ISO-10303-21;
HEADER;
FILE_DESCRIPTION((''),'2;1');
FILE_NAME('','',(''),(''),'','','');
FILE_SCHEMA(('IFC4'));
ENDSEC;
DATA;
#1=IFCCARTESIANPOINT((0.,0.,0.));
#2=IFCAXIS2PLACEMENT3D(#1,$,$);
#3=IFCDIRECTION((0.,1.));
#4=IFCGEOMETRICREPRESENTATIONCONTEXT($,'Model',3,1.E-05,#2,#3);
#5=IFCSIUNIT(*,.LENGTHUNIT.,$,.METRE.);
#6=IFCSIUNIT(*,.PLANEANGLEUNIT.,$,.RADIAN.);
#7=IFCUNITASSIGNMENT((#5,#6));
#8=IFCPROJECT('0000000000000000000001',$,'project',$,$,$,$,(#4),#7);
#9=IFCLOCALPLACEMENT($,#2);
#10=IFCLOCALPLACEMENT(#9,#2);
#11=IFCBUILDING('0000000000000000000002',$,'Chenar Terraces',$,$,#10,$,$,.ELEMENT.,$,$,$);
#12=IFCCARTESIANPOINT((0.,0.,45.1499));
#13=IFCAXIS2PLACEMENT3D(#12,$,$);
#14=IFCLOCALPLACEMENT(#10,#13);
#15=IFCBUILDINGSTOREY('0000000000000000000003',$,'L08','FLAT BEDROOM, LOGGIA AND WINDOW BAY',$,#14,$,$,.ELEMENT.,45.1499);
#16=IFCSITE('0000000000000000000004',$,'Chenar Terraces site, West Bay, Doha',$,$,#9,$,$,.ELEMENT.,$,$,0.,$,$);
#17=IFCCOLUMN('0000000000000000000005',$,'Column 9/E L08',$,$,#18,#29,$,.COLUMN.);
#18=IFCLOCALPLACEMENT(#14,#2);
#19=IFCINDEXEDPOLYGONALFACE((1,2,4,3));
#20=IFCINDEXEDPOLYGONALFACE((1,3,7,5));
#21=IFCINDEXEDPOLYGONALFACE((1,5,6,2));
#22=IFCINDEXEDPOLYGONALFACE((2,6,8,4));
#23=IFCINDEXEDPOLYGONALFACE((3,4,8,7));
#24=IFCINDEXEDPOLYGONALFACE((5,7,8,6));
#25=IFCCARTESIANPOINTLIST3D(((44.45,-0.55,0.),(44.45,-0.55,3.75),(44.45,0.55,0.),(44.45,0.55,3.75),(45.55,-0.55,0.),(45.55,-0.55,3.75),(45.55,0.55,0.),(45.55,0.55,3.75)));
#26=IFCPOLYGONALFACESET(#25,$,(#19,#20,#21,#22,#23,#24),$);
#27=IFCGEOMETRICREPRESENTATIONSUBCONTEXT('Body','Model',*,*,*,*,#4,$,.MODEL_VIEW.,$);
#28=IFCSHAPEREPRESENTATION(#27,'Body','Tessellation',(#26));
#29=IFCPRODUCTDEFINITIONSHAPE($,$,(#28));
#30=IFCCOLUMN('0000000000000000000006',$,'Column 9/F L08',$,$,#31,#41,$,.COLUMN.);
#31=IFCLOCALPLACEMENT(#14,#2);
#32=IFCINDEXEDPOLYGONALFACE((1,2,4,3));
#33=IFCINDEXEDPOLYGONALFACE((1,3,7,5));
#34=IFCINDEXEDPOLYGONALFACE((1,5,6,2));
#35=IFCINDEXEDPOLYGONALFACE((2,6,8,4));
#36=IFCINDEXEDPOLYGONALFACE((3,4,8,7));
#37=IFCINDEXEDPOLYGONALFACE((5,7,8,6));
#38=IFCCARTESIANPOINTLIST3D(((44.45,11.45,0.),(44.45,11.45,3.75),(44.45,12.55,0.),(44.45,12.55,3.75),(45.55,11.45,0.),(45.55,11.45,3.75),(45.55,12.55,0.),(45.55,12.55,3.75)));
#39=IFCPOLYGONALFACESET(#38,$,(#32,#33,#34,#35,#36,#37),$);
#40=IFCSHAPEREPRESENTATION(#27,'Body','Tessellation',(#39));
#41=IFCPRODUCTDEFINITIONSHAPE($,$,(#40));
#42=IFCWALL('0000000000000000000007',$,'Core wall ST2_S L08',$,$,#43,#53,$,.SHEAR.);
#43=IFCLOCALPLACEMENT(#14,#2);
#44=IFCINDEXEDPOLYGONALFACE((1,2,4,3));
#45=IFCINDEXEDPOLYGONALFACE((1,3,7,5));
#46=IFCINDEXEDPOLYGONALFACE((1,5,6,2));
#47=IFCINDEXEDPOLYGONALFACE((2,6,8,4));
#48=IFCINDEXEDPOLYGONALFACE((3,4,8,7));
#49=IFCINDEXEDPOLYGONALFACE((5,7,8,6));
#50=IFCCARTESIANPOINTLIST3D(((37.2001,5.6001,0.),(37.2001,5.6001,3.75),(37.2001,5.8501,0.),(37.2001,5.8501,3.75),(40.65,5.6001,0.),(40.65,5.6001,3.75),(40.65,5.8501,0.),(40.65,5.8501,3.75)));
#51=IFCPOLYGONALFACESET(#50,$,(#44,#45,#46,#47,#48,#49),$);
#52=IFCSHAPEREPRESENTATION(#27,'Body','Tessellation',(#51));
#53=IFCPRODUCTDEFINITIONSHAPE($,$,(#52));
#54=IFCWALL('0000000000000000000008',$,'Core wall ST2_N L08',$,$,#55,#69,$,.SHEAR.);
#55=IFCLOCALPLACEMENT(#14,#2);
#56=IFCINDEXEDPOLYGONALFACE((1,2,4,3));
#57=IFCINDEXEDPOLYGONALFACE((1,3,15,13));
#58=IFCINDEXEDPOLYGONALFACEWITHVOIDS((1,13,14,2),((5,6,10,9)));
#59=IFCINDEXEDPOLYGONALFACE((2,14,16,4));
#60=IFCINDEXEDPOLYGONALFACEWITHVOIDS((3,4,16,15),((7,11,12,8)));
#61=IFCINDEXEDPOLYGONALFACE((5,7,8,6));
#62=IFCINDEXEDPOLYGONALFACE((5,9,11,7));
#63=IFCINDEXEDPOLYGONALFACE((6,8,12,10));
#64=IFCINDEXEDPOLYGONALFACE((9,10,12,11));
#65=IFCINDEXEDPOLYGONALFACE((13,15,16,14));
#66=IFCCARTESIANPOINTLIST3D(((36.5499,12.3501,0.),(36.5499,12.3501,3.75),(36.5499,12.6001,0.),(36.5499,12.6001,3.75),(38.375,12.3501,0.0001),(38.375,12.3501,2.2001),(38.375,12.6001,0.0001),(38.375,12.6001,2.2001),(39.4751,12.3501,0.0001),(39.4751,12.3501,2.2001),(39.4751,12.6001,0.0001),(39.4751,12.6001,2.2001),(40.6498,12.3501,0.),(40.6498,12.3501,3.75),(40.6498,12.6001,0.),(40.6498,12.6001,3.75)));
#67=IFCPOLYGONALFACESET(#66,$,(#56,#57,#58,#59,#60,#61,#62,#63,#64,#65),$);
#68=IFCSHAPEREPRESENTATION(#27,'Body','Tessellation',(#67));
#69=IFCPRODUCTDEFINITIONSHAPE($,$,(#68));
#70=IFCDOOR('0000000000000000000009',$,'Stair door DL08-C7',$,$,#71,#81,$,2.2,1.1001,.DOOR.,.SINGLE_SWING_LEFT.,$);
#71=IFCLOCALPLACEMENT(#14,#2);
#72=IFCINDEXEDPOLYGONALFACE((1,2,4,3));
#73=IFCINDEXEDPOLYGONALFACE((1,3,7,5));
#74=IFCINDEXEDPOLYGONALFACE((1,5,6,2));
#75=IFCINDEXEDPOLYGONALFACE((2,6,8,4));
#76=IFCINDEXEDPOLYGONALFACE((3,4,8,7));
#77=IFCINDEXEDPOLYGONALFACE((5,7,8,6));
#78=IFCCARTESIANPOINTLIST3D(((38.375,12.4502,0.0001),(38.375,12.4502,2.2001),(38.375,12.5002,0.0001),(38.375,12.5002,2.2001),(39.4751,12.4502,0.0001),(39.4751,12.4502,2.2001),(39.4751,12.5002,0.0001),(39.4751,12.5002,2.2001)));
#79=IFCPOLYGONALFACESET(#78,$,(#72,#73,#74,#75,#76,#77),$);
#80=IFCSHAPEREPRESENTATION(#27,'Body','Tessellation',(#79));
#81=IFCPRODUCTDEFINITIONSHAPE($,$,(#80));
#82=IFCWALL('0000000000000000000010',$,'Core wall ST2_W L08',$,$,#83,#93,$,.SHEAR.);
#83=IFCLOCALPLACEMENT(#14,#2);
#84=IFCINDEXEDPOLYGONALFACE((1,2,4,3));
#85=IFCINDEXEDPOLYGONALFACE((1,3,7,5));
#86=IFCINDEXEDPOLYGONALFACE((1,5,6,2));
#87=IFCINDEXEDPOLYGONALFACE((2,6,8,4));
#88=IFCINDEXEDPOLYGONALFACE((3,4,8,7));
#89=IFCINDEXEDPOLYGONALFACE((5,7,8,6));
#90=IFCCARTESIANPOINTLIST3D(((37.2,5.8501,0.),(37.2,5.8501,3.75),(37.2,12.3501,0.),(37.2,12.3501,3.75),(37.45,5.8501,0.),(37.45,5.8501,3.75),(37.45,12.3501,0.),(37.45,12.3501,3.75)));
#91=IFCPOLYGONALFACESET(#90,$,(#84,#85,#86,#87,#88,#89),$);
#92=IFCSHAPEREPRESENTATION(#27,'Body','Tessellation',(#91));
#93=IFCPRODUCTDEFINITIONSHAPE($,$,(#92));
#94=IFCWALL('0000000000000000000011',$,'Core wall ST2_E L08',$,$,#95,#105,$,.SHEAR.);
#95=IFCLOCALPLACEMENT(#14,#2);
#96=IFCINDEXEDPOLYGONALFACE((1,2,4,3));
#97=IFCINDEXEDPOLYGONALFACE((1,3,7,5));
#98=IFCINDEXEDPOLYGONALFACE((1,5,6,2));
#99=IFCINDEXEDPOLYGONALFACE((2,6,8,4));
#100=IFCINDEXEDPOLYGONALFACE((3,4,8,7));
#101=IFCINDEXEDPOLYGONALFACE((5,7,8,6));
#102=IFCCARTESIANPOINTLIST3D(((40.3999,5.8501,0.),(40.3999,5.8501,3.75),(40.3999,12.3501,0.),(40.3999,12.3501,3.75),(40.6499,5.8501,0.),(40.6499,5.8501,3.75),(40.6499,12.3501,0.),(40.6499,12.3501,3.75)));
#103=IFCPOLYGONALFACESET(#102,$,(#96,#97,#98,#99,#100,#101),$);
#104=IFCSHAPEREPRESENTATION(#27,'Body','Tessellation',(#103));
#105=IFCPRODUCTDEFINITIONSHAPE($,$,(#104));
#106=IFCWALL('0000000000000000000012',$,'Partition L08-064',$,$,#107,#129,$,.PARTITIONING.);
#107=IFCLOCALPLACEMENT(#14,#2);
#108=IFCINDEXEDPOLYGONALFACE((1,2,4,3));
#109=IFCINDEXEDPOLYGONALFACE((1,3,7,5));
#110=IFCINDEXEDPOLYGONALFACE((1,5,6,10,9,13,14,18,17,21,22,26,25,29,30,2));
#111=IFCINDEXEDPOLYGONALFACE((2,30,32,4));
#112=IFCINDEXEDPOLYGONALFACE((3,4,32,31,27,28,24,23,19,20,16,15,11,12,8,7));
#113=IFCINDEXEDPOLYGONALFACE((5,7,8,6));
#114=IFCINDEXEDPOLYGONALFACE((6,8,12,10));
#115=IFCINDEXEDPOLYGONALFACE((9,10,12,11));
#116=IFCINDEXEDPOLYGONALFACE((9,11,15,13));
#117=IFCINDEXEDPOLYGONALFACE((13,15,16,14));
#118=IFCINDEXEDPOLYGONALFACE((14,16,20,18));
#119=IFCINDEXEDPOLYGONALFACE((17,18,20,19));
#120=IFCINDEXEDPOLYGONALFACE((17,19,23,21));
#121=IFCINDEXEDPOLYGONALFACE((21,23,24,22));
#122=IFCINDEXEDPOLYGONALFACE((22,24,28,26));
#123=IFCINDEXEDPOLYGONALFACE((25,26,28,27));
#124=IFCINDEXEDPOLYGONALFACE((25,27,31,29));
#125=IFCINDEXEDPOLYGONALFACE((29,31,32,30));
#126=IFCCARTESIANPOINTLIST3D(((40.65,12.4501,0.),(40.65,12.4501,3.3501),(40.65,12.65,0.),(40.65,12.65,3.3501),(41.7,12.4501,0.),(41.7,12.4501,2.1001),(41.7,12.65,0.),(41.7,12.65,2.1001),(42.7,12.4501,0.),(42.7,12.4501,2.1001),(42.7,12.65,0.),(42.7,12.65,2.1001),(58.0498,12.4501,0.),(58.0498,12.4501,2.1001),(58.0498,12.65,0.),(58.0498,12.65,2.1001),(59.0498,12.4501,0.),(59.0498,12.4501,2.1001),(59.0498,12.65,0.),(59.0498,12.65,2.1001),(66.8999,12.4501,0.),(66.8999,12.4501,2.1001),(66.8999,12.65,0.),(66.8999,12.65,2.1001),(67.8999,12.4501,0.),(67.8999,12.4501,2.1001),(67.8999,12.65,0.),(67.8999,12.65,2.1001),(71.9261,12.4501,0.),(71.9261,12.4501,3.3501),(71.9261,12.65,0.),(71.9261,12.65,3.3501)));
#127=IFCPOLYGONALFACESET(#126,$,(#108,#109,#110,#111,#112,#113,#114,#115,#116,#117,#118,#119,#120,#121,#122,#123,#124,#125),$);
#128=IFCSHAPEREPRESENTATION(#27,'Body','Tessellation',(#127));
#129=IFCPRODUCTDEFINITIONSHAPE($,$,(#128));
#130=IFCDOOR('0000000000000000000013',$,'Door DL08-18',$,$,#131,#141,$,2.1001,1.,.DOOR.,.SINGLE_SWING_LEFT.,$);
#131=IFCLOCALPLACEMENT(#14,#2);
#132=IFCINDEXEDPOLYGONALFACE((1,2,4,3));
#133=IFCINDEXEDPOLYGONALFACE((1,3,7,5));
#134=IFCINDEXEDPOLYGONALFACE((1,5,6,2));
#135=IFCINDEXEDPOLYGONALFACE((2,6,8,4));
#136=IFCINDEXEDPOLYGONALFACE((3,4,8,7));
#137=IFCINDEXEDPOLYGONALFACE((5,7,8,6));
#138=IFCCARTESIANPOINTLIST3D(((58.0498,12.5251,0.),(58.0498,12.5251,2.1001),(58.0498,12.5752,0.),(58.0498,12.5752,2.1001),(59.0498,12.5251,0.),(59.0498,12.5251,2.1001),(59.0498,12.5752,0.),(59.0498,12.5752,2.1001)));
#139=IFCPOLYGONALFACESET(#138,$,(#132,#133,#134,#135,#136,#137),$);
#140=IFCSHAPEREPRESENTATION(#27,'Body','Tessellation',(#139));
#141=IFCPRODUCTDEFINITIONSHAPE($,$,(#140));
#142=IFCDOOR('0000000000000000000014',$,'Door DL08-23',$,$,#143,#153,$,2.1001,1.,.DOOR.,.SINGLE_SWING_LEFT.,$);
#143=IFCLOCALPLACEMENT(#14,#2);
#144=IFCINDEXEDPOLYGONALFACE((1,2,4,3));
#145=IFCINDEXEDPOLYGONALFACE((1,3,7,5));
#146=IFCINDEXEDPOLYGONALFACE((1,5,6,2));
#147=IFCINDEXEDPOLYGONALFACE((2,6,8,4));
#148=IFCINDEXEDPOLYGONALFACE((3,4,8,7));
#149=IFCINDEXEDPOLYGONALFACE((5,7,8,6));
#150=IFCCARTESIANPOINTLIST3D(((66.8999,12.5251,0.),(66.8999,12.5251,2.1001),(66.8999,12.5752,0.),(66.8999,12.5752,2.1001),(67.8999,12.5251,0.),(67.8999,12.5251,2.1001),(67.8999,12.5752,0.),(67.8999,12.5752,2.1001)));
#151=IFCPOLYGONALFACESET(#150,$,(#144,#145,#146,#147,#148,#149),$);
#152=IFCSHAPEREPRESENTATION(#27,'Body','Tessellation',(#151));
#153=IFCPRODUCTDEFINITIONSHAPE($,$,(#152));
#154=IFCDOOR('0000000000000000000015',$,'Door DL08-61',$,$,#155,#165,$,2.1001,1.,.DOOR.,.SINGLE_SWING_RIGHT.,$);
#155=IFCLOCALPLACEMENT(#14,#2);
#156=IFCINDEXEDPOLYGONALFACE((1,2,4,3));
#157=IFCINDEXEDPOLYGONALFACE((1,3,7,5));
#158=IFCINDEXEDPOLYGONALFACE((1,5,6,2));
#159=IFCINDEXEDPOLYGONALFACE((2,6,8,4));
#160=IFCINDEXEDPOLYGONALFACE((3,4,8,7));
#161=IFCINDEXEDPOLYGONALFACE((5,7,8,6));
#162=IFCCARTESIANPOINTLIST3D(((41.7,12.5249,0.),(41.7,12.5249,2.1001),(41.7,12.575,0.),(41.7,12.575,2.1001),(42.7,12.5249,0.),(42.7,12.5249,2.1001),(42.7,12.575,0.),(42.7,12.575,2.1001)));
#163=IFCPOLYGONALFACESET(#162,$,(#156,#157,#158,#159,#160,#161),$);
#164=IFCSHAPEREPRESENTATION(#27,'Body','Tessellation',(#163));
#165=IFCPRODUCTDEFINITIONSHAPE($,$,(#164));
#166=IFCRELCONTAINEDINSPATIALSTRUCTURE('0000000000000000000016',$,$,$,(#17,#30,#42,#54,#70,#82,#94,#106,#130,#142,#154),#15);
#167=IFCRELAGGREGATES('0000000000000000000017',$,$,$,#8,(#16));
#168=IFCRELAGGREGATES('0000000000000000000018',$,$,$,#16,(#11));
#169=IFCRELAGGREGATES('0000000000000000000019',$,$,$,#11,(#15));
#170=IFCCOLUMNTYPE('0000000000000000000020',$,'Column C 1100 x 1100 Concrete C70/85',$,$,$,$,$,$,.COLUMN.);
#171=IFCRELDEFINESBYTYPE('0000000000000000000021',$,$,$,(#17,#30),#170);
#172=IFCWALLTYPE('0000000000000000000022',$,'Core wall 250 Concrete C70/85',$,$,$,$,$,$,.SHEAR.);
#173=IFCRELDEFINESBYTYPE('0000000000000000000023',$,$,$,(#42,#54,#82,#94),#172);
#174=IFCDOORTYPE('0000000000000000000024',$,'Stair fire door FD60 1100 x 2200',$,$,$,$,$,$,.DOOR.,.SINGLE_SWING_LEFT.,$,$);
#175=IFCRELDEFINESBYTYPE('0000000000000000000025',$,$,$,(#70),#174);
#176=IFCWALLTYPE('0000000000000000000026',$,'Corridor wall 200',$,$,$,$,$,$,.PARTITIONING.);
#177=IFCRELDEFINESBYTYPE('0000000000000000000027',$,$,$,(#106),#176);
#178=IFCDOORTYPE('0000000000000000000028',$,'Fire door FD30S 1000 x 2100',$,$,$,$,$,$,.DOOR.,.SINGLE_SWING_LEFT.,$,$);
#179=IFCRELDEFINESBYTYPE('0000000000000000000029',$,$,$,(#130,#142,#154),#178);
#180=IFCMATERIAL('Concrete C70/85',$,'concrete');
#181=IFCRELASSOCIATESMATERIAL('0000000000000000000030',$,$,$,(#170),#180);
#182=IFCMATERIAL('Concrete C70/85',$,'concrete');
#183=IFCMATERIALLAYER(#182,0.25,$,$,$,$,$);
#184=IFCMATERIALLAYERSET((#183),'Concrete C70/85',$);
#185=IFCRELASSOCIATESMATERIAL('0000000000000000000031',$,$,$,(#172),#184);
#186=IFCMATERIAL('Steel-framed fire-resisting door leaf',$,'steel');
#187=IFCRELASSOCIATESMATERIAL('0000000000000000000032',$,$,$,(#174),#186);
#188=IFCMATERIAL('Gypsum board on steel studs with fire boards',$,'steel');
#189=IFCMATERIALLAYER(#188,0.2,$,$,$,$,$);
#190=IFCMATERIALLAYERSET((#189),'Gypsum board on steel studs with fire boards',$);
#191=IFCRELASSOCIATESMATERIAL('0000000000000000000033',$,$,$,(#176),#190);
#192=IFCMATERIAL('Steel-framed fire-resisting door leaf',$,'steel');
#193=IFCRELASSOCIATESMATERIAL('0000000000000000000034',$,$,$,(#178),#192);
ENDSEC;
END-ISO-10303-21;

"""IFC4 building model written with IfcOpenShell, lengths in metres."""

from ifc_helpers import new_model, si_unit, direction, frame, frame_2d, origin, origin_2d, place, context, subcontext, project, spatial, rectangle, extrude, material, layer, layer_set, material_profile, profile_set, type_object, element, fill, save


model = new_model("IFC4")

# Units and contexts
model_context = context("Model", 3, precision=1e-05, world=origin(), true_north=direction((0.0, 1.0)))
body_context = subcontext(model_context, "Body", "Model", "MODEL_VIEW")
ifc_project = project(units=[si_unit("LENGTHUNIT", "METRE"), si_unit("PLANEANGLEUNIT", "RADIAN")], contexts=[model_context])

# Site, building, storey
site_placement = place(None, origin())
site = spatial("IfcSite", under=ifc_project, at=site_placement, Name="Chenar Terraces site, West Bay, Doha", CompositionType="ELEMENT", RefElevation=0.0)
building_placement = place(site_placement, origin())
building = spatial("IfcBuilding", under=site, at=building_placement, Name="Chenar Terraces", CompositionType="ELEMENT")
storey_placement = place(building_placement, frame((0.0, 0.0, 45.1499)))
storey = spatial("IfcBuildingStorey", under=building, at=storey_placement, Name="L08", Description="FLAT BEDROOM, LOGGIA AND WINDOW BAY", CompositionType="ELEMENT", Elevation=45.1499)

# Columns
ifc_material_1 = material(Name="Concrete C70/85", Category="concrete")
ifc_material_profile = material_profile(ifc_material_1, rectangle(XDim=1.1001, YDim=1.1001, at=origin_2d()), Name="C 1100 x 1100")
ifc_profile_set = profile_set([ifc_material_profile], Name="Concrete C70/85")
column_type = type_object("IfcColumnType", Name="Column C 1100 x 1100 Concrete C70/85", PredefinedType="COLUMN", material=ifc_profile_set)
for number, where, z_axis, x_axis, name in (
    (1, (45.0, 0.0, 0.0), (0.0, 0.0, 1.0), (1.0, 0.0, 0.0), "Column 9/E L08"),
    (2, (45.0, 12.0, 0.0), (0.0, 0.0, 1.0), (1.0, 0.0, 0.0), "Column 9/F L08"),
):
    element("IfcColumn", number, at=place(storey_placement, frame(where, z_axis=z_axis, x_axis=x_axis)), inside=storey, type_object=column_type, Name=name, PredefinedType="COLUMN", context=body_context, shape_type="SweptSolid", body=[
        extrude(rectangle(XDim=1.1001, YDim=1.1001, at=origin_2d()), origin(), (0.0, 0.0, 1.0), 3.75),
    ])

# Wall
ifc_material_2 = material(Name="Concrete C70/85", Category="concrete")
ifc_layer_1 = layer(ifc_material_2, 0.25)
ifc_layer_set_1 = layer_set([ifc_layer_1], Name="Concrete C70/85")
wall_type_1 = type_object("IfcWallType", Name="Core wall 250 Concrete C70/85", PredefinedType="SHEAR", material=ifc_layer_set_1)
wall_1_placement = place(storey_placement, frame((37.2, 5.7251, 0.0), z_axis=(0.0, 0.0, 1.0), x_axis=(1.0, 0.0, 0.0)))
element("IfcWall", 3, at=wall_1_placement, inside=storey, type_object=wall_type_1, Name="Core wall ST2_S L08", PredefinedType="SHEAR", context=body_context, shape_type="SweptSolid", body=[
    extrude(rectangle(XDim=3.45, YDim=0.25, at=frame_2d((1.7251, 0.0))), origin(), (0.0, 0.0, 1.0), 3.75),
])

# Wall, opening, door
wall_2_placement = place(storey_placement, frame((36.55, 12.4751, 0.0), z_axis=(0.0, 0.0, 1.0), x_axis=(1.0, 0.0, 0.0)))
wall_2 = element("IfcWall", 4, at=wall_2_placement, inside=storey, type_object=wall_type_1, Name="Core wall ST2_N L08", PredefinedType="SHEAR", context=body_context, shape_type="SweptSolid", body=[
    extrude(rectangle(XDim=4.0999, YDim=0.25, at=frame_2d((2.0498, 0.0))), origin(), (0.0, 0.0, 1.0), 3.75),
])
opening_1_placement = place(wall_2_placement, frame((1.825, 0.0, 0.0)))
opening_1 = element("IfcOpeningElement", 5, at=opening_1_placement, cuts=wall_2, PredefinedType="OPENING", context=body_context, shape_type="SweptSolid", body=[
    extrude(rectangle(XDim=1.1001, YDim=2.2, at=frame_2d((0.55, 1.1001))), frame((0.0, 0.135, 0.0), z_axis=(0.0, -1.0, 0.0), x_axis=(1.0, 0.0, 0.0)), (0.0, 0.0, 1.0), 0.27),
])
ifc_material_3 = material(Name="Steel-framed fire-resisting door leaf", Category="steel")
door_type_1 = type_object("IfcDoorType", Name="Stair fire door FD60 1100 x 2200", OperationType="SINGLE_SWING_LEFT", PredefinedType="DOOR", material=ifc_material_3)
door_1_placement = place(opening_1_placement, frame((1.1001, 0.0, 0.0), z_axis=(0.0, 0.0, 1.0), x_axis=(-1.0, 0.0, 0.0)))
door_1 = element("IfcDoor", 6, at=door_1_placement, inside=storey, type_object=door_type_1, Name="Stair door DL08-C7", OperationType="SINGLE_SWING_LEFT", OverallHeight=2.2, OverallWidth=1.1001, PredefinedType="DOOR", context=body_context, shape_type="SweptSolid", body=[
    extrude(rectangle(XDim=1.1001, YDim=2.2, at=frame_2d((0.55, 1.1001))), frame((0.0, 0.0249, 0.0), z_axis=(0.0, -1.0, 0.0), x_axis=(1.0, 0.0, 0.0)), (0.0, 0.0, 1.0), 0.05),
])
fill(opening_1, door_1)

# Walls
for number, where, z_axis, x_axis, name in (
    (7, (37.325, 5.8501, 0.0), (0.0, 0.0, 1.0), (0.0, 1.0, 0.0), "Core wall ST2_W L08"),
    (8, (40.5249, 5.8501, 0.0), (0.0, 0.0, 1.0), (0.0, 1.0, 0.0), "Core wall ST2_E L08"),
):
    element("IfcWall", number, at=place(storey_placement, frame(where, z_axis=z_axis, x_axis=x_axis)), inside=storey, type_object=wall_type_1, Name=name, PredefinedType="SHEAR", context=body_context, shape_type="SweptSolid", body=[
        extrude(rectangle(XDim=6.5, YDim=0.25, at=frame_2d((3.25, 0.0))), origin(), (0.0, 0.0, 1.0), 3.75),
    ])

# Wall, openings, doors
ifc_material_4 = material(Name="Gypsum board on steel studs with fire boards", Category="steel")
ifc_layer_2 = layer(ifc_material_4, 0.2)
ifc_layer_set_2 = layer_set([ifc_layer_2], Name="Gypsum board on steel studs with fire boards")
wall_type_2 = type_object("IfcWallType", Name="Corridor wall 200", PredefinedType="PARTITIONING", material=ifc_layer_set_2)
wall_3_placement = place(storey_placement, frame((40.6499, 12.55, 0.0), z_axis=(0.0, 0.0, 1.0), x_axis=(1.0, 0.0, 0.0)))
wall_3 = element("IfcWall", 9, at=wall_3_placement, inside=storey, type_object=wall_type_2, Name="Partition L08-064", PredefinedType="PARTITIONING", context=body_context, shape_type="SweptSolid", body=[
    extrude(rectangle(XDim=31.2761, YDim=0.2, at=frame_2d((15.6382, 0.0))), origin(), (0.0, 0.0, 1.0), 3.3501),
])
opening_2_placement = place(wall_3_placement, frame((17.3999, 0.0, 0.0)))
opening_2 = element("IfcOpeningElement", 10, at=opening_2_placement, cuts=wall_3, PredefinedType="OPENING", context=body_context, shape_type="SweptSolid", body=[
    extrude(rectangle(XDim=1.0, YDim=2.1001, at=frame_2d((0.5, 1.05))), frame((0.0, 0.1099, 0.0), z_axis=(0.0, -1.0, 0.0), x_axis=(1.0, 0.0, 0.0)), (0.0, 0.0, 1.0), 0.22),
])
opening_3_placement = place(wall_3_placement, frame((26.25, 0.0, 0.0)))
opening_3 = element("IfcOpeningElement", 11, at=opening_3_placement, cuts=wall_3, PredefinedType="OPENING", context=body_context, shape_type="SweptSolid", body=[
    extrude(rectangle(XDim=1.0, YDim=2.1001, at=frame_2d((0.5, 1.05))), frame((0.0, 0.1099, 0.0), z_axis=(0.0, -1.0, 0.0), x_axis=(1.0, 0.0, 0.0)), (0.0, 0.0, 1.0), 0.22),
])
opening_4_placement = place(wall_3_placement, frame((1.05, 0.0, 0.0)))
opening_4 = element("IfcOpeningElement", 12, at=opening_4_placement, cuts=wall_3, PredefinedType="OPENING", context=body_context, shape_type="SweptSolid", body=[
    extrude(rectangle(XDim=1.0, YDim=2.1001, at=frame_2d((0.5, 1.05))), frame((0.0, 0.1099, 0.0), z_axis=(0.0, -1.0, 0.0), x_axis=(1.0, 0.0, 0.0)), (0.0, 0.0, 1.0), 0.22),
])
ifc_material_5 = material(Name="Steel-framed fire-resisting door leaf", Category="steel")
door_type_2 = type_object("IfcDoorType", Name="Fire door FD30S 1000 x 2100", OperationType="SINGLE_SWING_LEFT", PredefinedType="DOOR", material=ifc_material_5)
door_2_placement = place(opening_2_placement, frame((1.0, 0.0, 0.0), z_axis=(0.0, 0.0, 1.0), x_axis=(-1.0, 0.0, 0.0)))
door_2 = element("IfcDoor", 13, at=door_2_placement, inside=storey, type_object=door_type_2, Name="Door DL08-18", OperationType="SINGLE_SWING_LEFT", OverallHeight=2.1001, OverallWidth=1.0, PredefinedType="DOOR", context=body_context, shape_type="SweptSolid", body=[
    extrude(rectangle(XDim=1.0, YDim=2.1001, at=frame_2d((0.5, 1.05))), frame((0.0, 0.0249, 0.0), z_axis=(0.0, -1.0, 0.0), x_axis=(1.0, 0.0, 0.0)), (0.0, 0.0, 1.0), 0.05),
])
fill(opening_2, door_2)
door_3_placement = place(opening_3_placement, frame((1.0, 0.0, 0.0), z_axis=(0.0, 0.0, 1.0), x_axis=(-1.0, 0.0, 0.0)))
door_3 = element("IfcDoor", 14, at=door_3_placement, inside=storey, type_object=door_type_2, Name="Door DL08-23", OperationType="SINGLE_SWING_LEFT", OverallHeight=2.1001, OverallWidth=1.0, PredefinedType="DOOR", context=body_context, shape_type="SweptSolid", body=[
    extrude(rectangle(XDim=1.0, YDim=2.1001, at=frame_2d((0.5, 1.05))), frame((0.0, 0.0249, 0.0), z_axis=(0.0, -1.0, 0.0), x_axis=(1.0, 0.0, 0.0)), (0.0, 0.0, 1.0), 0.05),
])
fill(opening_3, door_3)
door_4_placement = place(opening_4_placement, origin())
door_4 = element("IfcDoor", 15, at=door_4_placement, inside=storey, type_object=door_type_2, Name="Door DL08-61", OperationType="SINGLE_SWING_RIGHT", OverallHeight=2.1001, OverallWidth=1.0, PredefinedType="DOOR", context=body_context, shape_type="SweptSolid", body=[
    extrude(rectangle(XDim=1.0, YDim=2.1001, at=frame_2d((0.5, 1.05))), frame((0.0, 0.0249, 0.0), z_axis=(0.0, -1.0, 0.0), x_axis=(1.0, 0.0, 0.0)), (0.0, 0.0, 1.0), 0.05),
])
fill(opening_4, door_4)

save(model, "model.ifc")
